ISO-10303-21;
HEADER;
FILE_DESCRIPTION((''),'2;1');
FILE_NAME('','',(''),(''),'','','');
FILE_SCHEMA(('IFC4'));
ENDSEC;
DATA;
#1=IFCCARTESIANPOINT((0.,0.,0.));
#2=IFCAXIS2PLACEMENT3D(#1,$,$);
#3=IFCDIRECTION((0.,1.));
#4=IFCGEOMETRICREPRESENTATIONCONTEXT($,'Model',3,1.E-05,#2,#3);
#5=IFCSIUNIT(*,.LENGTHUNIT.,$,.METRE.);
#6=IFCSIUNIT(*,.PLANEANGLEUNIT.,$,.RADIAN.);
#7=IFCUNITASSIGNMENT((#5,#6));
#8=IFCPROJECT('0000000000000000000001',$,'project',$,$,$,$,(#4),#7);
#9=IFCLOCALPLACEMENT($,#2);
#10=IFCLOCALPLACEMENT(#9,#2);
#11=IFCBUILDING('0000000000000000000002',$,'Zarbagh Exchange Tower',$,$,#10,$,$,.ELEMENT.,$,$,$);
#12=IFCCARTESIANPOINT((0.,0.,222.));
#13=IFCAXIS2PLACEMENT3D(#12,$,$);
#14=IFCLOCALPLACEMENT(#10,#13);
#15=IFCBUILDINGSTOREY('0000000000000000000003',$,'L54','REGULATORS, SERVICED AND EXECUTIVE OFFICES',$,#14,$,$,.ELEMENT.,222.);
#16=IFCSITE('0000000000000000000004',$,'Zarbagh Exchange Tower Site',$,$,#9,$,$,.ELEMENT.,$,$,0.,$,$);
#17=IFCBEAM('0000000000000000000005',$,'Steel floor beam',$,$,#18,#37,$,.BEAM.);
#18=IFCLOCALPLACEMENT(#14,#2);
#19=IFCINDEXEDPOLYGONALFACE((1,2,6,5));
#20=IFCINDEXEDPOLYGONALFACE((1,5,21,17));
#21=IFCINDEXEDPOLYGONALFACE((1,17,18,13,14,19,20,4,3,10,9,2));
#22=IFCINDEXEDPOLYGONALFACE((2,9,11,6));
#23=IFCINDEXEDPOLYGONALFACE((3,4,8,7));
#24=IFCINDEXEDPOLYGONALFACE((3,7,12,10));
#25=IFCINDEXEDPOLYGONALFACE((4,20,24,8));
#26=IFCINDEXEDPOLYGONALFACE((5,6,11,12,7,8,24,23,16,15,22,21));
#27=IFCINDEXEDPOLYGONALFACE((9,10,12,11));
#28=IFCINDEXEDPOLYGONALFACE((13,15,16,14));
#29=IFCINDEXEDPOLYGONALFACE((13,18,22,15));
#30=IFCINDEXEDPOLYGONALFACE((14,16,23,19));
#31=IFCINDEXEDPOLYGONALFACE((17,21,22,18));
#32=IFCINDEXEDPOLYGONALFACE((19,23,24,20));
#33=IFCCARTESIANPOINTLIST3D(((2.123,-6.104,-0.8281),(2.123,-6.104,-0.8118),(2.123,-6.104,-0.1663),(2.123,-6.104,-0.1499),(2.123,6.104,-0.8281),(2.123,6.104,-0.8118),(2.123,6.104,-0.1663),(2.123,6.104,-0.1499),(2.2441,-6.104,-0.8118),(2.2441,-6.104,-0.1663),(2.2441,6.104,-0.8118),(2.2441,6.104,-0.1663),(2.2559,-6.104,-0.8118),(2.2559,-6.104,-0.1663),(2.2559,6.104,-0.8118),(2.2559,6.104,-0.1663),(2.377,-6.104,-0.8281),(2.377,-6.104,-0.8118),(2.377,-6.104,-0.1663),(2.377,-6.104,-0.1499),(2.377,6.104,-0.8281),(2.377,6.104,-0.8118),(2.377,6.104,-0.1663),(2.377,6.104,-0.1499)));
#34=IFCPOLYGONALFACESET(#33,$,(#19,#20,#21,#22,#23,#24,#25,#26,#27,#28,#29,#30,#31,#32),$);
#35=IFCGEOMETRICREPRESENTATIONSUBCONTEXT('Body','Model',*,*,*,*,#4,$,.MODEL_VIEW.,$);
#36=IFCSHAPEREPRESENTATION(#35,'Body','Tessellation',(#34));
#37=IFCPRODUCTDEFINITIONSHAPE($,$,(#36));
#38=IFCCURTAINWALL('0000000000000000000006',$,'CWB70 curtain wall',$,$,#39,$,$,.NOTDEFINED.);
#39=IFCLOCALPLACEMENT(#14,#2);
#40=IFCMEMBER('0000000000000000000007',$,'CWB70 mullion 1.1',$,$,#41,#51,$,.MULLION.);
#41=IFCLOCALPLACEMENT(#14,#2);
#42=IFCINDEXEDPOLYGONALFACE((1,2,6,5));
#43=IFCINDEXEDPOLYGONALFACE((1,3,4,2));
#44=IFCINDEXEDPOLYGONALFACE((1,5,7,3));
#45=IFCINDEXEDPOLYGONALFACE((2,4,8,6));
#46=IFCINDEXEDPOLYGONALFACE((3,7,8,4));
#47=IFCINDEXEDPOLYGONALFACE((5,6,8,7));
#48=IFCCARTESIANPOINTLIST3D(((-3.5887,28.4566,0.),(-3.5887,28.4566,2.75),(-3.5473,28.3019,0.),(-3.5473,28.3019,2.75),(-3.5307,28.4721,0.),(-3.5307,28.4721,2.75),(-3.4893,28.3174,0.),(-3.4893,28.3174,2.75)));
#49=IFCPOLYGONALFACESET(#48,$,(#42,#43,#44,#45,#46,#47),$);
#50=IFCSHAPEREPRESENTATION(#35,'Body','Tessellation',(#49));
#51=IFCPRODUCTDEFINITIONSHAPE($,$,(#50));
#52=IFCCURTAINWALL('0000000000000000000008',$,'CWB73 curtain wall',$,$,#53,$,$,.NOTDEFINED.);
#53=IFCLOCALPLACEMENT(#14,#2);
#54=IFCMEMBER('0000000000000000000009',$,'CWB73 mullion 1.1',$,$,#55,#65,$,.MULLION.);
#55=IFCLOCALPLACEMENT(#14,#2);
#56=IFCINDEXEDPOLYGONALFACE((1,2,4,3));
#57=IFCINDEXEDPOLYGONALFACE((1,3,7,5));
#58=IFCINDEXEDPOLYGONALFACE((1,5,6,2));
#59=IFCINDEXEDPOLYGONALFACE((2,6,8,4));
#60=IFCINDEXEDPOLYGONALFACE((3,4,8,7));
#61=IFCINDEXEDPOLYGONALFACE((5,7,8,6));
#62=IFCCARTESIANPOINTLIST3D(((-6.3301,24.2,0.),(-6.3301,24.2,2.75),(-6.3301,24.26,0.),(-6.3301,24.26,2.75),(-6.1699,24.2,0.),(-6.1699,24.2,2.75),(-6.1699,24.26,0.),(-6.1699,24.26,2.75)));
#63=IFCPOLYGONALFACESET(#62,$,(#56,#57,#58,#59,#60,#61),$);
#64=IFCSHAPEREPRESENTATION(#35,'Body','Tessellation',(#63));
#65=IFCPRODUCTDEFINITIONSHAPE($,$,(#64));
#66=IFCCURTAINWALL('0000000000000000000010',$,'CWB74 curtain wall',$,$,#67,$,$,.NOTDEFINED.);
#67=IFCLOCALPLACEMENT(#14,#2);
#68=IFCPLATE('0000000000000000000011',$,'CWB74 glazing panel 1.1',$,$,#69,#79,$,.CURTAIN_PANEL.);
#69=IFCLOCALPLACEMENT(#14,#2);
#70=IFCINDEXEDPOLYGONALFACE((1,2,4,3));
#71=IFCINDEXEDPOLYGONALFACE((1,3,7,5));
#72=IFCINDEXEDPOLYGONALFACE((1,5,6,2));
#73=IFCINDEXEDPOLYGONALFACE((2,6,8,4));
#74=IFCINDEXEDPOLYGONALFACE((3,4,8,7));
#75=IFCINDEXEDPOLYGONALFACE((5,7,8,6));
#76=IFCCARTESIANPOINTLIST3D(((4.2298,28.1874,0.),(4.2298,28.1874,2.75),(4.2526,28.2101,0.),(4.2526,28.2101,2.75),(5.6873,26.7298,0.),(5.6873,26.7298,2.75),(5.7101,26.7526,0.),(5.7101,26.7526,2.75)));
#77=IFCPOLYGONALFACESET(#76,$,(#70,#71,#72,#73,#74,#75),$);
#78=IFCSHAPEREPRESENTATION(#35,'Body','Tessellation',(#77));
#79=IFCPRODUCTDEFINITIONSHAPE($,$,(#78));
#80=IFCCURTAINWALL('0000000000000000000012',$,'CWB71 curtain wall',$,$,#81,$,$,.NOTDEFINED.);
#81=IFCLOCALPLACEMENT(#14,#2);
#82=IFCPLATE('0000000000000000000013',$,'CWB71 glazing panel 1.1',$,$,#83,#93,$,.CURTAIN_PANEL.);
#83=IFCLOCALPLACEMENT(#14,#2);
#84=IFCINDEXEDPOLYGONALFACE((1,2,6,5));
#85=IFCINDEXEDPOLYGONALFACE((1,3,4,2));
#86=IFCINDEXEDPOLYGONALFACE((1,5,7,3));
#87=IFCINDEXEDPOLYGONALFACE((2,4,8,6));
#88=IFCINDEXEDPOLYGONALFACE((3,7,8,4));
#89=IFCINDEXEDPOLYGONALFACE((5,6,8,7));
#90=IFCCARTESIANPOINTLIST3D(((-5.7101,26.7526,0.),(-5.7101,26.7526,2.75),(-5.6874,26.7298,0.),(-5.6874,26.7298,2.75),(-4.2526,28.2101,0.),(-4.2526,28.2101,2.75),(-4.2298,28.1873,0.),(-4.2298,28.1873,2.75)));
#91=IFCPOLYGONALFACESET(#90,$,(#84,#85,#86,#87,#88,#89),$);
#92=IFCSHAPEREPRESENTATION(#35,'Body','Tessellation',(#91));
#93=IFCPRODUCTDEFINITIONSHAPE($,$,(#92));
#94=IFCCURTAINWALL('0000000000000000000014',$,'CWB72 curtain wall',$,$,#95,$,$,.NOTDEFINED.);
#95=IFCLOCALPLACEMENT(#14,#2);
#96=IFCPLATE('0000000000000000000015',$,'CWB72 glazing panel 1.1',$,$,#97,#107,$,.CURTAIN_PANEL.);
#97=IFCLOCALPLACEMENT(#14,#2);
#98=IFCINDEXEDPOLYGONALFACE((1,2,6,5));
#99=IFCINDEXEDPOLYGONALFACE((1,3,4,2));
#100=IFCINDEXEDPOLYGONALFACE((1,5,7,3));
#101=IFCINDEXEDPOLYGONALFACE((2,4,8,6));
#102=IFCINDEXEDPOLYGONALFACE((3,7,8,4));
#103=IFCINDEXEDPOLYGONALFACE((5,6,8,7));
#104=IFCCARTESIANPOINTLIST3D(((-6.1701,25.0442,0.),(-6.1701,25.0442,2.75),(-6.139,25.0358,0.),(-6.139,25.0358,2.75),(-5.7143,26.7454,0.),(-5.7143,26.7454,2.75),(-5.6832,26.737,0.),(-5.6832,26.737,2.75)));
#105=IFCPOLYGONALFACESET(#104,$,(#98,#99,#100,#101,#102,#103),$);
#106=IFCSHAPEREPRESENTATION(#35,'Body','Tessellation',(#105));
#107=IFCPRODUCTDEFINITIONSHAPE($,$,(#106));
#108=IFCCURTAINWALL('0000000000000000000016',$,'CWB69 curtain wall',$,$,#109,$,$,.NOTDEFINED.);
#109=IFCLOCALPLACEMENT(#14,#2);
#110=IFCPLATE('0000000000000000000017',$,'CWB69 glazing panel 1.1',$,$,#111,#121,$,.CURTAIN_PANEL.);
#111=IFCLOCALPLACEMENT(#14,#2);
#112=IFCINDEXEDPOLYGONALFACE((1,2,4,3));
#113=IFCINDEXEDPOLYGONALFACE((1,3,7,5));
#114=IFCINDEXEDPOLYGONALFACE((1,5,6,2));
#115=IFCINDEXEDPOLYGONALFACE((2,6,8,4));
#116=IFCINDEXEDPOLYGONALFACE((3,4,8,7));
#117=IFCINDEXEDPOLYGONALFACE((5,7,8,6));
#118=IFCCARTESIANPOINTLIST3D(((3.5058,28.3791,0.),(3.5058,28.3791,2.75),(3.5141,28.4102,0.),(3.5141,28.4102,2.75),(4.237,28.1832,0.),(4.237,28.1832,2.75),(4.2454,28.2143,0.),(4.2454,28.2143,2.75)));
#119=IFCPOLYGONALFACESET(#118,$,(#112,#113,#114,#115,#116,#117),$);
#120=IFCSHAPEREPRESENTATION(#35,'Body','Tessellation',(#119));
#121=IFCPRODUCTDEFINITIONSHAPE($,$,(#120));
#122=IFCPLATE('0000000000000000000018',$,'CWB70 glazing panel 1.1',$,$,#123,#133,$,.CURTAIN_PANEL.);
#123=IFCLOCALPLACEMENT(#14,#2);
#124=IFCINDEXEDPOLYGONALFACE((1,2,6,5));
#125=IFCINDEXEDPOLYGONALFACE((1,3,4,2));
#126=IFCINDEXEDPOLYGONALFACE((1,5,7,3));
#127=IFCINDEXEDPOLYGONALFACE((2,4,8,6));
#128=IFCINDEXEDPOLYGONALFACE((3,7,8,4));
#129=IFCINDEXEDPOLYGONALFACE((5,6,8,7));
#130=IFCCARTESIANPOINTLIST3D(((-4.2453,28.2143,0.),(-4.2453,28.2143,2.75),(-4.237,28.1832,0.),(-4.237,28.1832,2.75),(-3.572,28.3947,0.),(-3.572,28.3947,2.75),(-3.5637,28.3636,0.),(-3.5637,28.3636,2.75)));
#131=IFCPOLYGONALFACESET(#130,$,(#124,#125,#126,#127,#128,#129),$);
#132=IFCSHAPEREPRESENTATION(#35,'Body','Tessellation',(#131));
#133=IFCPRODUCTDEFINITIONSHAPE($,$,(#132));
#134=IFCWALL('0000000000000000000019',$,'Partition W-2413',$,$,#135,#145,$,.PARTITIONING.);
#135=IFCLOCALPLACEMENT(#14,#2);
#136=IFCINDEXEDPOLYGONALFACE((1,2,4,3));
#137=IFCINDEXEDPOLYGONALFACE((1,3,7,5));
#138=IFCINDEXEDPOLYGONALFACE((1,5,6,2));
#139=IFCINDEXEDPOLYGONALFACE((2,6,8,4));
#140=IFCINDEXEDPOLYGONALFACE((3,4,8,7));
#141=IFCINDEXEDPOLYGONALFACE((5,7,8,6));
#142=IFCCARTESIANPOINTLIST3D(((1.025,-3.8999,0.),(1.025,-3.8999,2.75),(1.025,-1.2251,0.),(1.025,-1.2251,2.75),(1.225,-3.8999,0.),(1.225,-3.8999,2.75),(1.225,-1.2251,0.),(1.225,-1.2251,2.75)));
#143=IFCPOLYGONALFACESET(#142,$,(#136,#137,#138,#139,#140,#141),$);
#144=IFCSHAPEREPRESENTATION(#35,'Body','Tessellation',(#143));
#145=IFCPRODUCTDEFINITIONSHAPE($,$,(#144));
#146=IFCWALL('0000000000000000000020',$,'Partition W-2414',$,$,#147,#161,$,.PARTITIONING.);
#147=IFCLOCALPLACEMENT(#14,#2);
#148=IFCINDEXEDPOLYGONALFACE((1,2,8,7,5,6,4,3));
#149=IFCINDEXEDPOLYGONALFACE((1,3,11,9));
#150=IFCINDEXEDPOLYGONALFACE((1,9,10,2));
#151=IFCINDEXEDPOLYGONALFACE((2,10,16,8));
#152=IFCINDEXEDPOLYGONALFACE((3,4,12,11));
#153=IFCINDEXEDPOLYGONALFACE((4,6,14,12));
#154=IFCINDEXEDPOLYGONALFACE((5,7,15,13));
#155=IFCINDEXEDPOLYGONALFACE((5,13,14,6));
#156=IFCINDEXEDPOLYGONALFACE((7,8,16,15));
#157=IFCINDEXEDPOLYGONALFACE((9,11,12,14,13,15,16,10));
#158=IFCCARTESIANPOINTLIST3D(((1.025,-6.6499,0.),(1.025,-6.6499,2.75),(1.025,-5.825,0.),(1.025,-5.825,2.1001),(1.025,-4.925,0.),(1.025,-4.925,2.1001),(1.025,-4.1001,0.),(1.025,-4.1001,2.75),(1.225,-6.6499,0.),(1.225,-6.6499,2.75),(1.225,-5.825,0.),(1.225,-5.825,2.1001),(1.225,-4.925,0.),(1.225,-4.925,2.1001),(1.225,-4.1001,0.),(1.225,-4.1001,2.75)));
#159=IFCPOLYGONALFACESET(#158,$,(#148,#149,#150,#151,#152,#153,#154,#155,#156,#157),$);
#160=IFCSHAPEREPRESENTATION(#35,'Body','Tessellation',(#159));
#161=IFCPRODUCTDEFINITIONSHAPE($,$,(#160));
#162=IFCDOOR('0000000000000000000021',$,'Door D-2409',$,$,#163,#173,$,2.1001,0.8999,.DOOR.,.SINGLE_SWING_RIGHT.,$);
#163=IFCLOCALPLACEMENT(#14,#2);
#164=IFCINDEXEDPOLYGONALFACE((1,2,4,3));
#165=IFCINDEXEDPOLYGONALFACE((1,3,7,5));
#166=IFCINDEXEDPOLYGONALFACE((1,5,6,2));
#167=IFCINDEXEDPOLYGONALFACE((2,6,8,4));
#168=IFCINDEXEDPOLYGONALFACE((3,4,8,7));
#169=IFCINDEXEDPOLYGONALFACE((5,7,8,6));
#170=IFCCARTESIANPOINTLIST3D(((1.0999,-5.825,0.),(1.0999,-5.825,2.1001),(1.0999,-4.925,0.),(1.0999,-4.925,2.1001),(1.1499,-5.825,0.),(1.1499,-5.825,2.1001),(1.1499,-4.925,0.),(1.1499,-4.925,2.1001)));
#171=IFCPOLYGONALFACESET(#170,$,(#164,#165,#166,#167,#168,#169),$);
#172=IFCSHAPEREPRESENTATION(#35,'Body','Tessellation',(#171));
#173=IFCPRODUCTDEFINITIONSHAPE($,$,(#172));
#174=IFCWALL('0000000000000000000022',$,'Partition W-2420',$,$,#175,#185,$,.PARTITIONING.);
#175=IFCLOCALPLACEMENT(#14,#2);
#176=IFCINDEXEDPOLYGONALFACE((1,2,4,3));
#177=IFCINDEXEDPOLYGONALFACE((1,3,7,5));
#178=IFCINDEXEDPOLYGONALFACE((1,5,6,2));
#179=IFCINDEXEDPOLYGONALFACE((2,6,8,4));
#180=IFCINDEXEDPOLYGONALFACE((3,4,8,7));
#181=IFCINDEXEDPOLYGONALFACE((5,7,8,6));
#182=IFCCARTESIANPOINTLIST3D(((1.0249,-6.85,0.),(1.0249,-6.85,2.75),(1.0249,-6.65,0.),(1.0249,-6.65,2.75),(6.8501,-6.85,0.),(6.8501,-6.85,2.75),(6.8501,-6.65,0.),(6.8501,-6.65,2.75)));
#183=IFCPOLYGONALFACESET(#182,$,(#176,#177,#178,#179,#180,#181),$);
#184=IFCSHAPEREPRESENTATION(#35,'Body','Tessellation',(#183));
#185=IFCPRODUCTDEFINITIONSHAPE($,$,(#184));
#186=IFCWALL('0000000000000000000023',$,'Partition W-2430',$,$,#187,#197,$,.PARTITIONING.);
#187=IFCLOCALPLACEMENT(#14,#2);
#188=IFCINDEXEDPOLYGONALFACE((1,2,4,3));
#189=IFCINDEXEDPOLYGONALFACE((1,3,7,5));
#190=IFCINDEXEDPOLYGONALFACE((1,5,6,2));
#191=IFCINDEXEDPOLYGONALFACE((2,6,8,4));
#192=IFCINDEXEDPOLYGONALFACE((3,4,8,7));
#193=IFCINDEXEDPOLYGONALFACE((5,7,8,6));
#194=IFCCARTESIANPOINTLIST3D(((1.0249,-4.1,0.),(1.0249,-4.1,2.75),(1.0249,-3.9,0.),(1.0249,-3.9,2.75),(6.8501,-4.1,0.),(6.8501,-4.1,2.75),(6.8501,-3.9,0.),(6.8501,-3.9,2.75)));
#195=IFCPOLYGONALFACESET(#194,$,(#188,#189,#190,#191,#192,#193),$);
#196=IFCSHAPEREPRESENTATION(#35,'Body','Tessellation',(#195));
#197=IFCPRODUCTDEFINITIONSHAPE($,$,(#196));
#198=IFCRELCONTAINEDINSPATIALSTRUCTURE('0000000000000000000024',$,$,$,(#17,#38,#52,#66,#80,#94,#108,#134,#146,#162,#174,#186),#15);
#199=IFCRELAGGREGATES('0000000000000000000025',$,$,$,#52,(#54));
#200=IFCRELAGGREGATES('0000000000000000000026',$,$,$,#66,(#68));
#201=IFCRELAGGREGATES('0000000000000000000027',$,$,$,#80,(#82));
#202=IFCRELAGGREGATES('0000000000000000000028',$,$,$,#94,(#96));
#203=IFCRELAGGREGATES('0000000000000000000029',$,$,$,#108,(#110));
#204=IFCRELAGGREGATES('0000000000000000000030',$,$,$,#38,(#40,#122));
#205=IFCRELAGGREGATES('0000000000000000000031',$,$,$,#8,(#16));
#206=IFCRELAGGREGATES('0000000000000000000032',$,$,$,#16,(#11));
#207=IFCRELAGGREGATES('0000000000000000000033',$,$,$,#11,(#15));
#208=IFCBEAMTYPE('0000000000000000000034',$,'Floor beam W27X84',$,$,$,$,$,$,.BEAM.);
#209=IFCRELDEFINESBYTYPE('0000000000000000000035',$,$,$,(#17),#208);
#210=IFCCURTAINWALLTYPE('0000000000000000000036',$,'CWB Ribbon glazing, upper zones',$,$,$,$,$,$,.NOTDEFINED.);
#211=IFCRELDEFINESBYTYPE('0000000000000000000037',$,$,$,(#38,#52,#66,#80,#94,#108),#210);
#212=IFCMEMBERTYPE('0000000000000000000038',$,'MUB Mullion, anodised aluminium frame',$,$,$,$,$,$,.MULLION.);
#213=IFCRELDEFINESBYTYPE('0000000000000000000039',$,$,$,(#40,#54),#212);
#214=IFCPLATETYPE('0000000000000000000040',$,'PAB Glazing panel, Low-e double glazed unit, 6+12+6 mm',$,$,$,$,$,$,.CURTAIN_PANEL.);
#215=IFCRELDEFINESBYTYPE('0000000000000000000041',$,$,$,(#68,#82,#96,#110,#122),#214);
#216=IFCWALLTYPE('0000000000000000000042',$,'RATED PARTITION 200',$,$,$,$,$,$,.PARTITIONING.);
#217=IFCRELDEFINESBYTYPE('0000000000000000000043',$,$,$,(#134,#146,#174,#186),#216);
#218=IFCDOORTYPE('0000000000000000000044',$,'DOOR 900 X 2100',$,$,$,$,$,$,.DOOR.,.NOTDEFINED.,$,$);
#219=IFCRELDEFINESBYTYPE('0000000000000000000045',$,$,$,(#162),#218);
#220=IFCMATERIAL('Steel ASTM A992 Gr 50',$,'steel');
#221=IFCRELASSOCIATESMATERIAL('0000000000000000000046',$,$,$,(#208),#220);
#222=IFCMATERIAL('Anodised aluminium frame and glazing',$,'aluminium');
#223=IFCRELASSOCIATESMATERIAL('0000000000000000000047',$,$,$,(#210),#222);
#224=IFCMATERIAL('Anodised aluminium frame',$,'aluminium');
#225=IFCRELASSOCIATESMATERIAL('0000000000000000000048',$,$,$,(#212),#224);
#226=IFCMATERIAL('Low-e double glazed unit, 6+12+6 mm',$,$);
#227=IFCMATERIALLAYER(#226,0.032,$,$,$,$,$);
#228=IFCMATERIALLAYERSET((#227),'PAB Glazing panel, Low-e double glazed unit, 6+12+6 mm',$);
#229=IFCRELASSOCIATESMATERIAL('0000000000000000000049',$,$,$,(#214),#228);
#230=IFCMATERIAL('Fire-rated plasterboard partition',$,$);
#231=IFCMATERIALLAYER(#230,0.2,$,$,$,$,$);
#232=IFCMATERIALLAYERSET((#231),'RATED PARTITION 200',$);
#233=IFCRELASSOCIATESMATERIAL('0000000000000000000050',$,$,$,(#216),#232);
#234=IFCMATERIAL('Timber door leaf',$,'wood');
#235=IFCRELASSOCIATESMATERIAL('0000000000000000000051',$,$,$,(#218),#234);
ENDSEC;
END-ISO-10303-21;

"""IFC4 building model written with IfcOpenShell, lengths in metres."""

from ifc_helpers import new_model, si_unit, direction, frame, frame_2d, origin, origin_2d, place, context, subcontext, project, spatial, polyline, rectangle, i_section, outline, extrude, source, transform, mapped, material, layer, layer_set, material_profile, profile_set, type_object, element, fill, aggregate, save


model = new_model("IFC4")

# Units and contexts
model_context = context("Model", 3, precision=1e-05, world=origin(), true_north=direction((0.0, 1.0)))
body_context = subcontext(model_context, "Body", "Model", "MODEL_VIEW")
ifc_project = project(units=[si_unit("LENGTHUNIT", "METRE"), si_unit("PLANEANGLEUNIT", "RADIAN")], contexts=[model_context])

# Site, building, storey
site_placement = place(None, origin())
site = spatial("IfcSite", under=ifc_project, at=site_placement, Name="Zarbagh Exchange Tower Site", CompositionType="ELEMENT", RefElevation=0.0)
building_placement = place(site_placement, origin())
building = spatial("IfcBuilding", under=site, at=building_placement, Name="Zarbagh Exchange Tower", CompositionType="ELEMENT")
storey_placement = place(building_placement, frame((0.0, 0.0, 222.0)))
storey = spatial("IfcBuildingStorey", under=building, at=storey_placement, Name="L54", Description="REGULATORS, SERVICED AND EXECUTIVE OFFICES", CompositionType="ELEMENT", Elevation=222.0)

# Beam
ifc_material_1 = material(Name="Steel ASTM A992 Gr 50", Category="steel")
ifc_material_profile = material_profile(ifc_material_1, i_section(OverallWidth=0.2539, OverallDepth=0.6782, WebThickness=0.0117, FlangeThickness=0.0164, at=origin_2d()), Name="W27X84")
ifc_profile_set = profile_set([ifc_material_profile], Name="Steel ASTM A992 Gr 50")
beam_type = type_object("IfcBeamType", Name="Floor beam W27X84", PredefinedType="BEAM", material=ifc_profile_set)
beam_placement = place(storey_placement, frame((2.25, -6.104, -0.489), z_axis=(0.0, 1.0, 0.0), x_axis=(-1.0, 0.0, 0.0)))
element("IfcBeam", 1, at=beam_placement, inside=storey, type_object=beam_type, Name="Steel floor beam", PredefinedType="BEAM", context=body_context, shape_type="SweptSolid", body=[
    extrude(i_section(OverallWidth=0.2539, OverallDepth=0.6782, WebThickness=0.0117, FlangeThickness=0.0164, at=origin_2d()), origin(), (0.0, 0.0, 1.0), 12.208),
])

# Curtain walls, members
ifc_material_2 = material(Name="Anodised aluminium frame and glazing", Category="aluminium")
curtain_wall_type = type_object("IfcCurtainWallType", Name="CWB Ribbon glazing, upper zones", PredefinedType="NOTDEFINED", material=ifc_material_2)
curtain_wall_1_placement = place(storey_placement, origin())
curtain_wall_1 = element("IfcCurtainWall", 2, at=curtain_wall_1_placement, inside=storey, type_object=curtain_wall_type, Name="CWB70 curtain wall", PredefinedType="NOTDEFINED")
ifc_material_3 = material(Name="Anodised aluminium frame", Category="aluminium")
member_type = type_object("IfcMemberType", Name="MUB Mullion, anodised aluminium frame", PredefinedType="MULLION", material=ifc_material_3)
shared_shape_1 = source(origin(), body_context, "Body", "SweptSolid", [
    extrude(outline(polyline([(0.0, -0.0801), (0.0601, -0.0801), (0.0601, 0.0801), (0.0, 0.0801), (0.0, -0.0801)])), origin(), (0.0, 0.0, 1.0), 2.75),
])
placement = place(storey_placement, origin())
member_1 = element("IfcMember", 3, at=placement, type_object=member_type, Name="CWB70 mullion 1.1", PredefinedType="MULLION", context=body_context, shape_type="MappedRepresentation", body=[
    mapped(shared_shape_1, transform((-3.51, 28.3948, 0.0), x_axis=(-0.965924, -0.258825, 0.0), y_axis=(0.258825, -0.965924, 0.0), z_axis=(0.0, 0.0, 1.0))),
])
curtain_wall_2_placement = place(storey_placement, origin())
curtain_wall_2 = element("IfcCurtainWall", 4, at=curtain_wall_2_placement, inside=storey, type_object=curtain_wall_type, Name="CWB73 curtain wall", PredefinedType="NOTDEFINED")
member_2 = element("IfcMember", 5, at=placement, type_object=member_type, Name="CWB73 mullion 1.1", PredefinedType="MULLION", context=body_context, shape_type="MappedRepresentation", body=[
    mapped(shared_shape_1, transform((-6.25, 24.26, 0.0), x_axis=(0.0, -1.0, 0.0), y_axis=(1.0, 0.0, 0.0), z_axis=(0.0, 0.0, 1.0))),
])
aggregate(curtain_wall_2, [member_2])

# Curtain walls, plates
curtain_wall_3_placement = place(storey_placement, origin())
curtain_wall_3 = element("IfcCurtainWall", 6, at=curtain_wall_3_placement, inside=storey, type_object=curtain_wall_type, Name="CWB74 curtain wall", PredefinedType="NOTDEFINED")
ifc_material_4 = material(Name="Low-e double glazed unit, 6+12+6 mm")
ifc_layer_1 = layer(ifc_material_4, 0.032)
ifc_layer_set_1 = layer_set([ifc_layer_1], Name="PAB Glazing panel, Low-e double glazed unit, 6+12+6 mm")
plate_type = type_object("IfcPlateType", Name="PAB Glazing panel, Low-e double glazed unit, 6+12+6 mm", PredefinedType="CURTAIN_PANEL", material=ifc_layer_set_1)
shared_shape_2 = source(origin(), body_context, "Body", "SweptSolid", [
    extrude(outline(polyline([(0.0, -0.0161), (2.0613, -0.0161), (2.0613, 0.0161), (0.0, 0.0161), (0.0, -0.0161)])), origin(), (0.0, 0.0, 1.0), 2.75),
])
plate_1 = element("IfcPlate", 7, at=placement, type_object=plate_type, Name="CWB74 glazing panel 1.1", PredefinedType="CURTAIN_PANEL", context=body_context, shape_type="MappedRepresentation", body=[
    mapped(shared_shape_2, transform((5.6987, 26.7412, 0.0), x_axis=(-0.707107, 0.707107, 0.0), y_axis=(-0.707107, -0.707107, 0.0), z_axis=(0.0, 0.0, 1.0))),
])
aggregate(curtain_wall_3, [plate_1])
curtain_wall_4_placement = place(storey_placement, origin())
curtain_wall_4 = element("IfcCurtainWall", 8, at=curtain_wall_4_placement, inside=storey, type_object=curtain_wall_type, Name="CWB71 curtain wall", PredefinedType="NOTDEFINED")
plate_2 = element("IfcPlate", 9, at=placement, type_object=plate_type, Name="CWB71 glazing panel 1.1", PredefinedType="CURTAIN_PANEL", context=body_context, shape_type="MappedRepresentation", body=[
    mapped(shared_shape_2, transform((-4.2412, 28.1987, 0.0), x_axis=(-0.707107, -0.707107, 0.0), y_axis=(0.707107, -0.707107, 0.0), z_axis=(0.0, 0.0, 1.0))),
])
aggregate(curtain_wall_4, [plate_2])
curtain_wall_5_placement = place(storey_placement, origin())
curtain_wall_5 = element("IfcCurtainWall", 10, at=curtain_wall_5_placement, inside=storey, type_object=curtain_wall_type, Name="CWB72 curtain wall", PredefinedType="NOTDEFINED")
shared_shape_3 = source(origin(), body_context, "Body", "SweptSolid", [
    extrude(outline(polyline([(0.0, -0.0161), (1.7612, -0.0161), (1.7612, 0.0161), (0.0, 0.0161), (0.0, -0.0161)])), origin(), (0.0, 0.0, 1.0), 2.75),
])
plate_3 = element("IfcPlate", 11, at=placement, type_object=plate_type, Name="CWB72 glazing panel 1.1", PredefinedType="CURTAIN_PANEL", context=body_context, shape_type="MappedRepresentation", body=[
    mapped(shared_shape_3, transform((-5.6987, 26.7412, 0.0), x_axis=(-0.258825, -0.965924, 0.0), y_axis=(0.965924, -0.258825, 0.0), z_axis=(0.0, 0.0, 1.0))),
])
aggregate(curtain_wall_5, [plate_3])
curtain_wall_6_placement = place(storey_placement, origin())
curtain_wall_6 = element("IfcCurtainWall", 12, at=curtain_wall_6_placement, inside=storey, type_object=curtain_wall_type, Name="CWB69 curtain wall", PredefinedType="NOTDEFINED")
shared_shape_4 = source(origin(), body_context, "Body", "SweptSolid", [
    extrude(outline(polyline([(0.0, -0.0161), (0.7571, -0.0161), (0.7571, 0.0161), (0.0, 0.0161), (0.0, -0.0161)])), origin(), (0.0, 0.0, 1.0), 2.75),
])
plate_4 = element("IfcPlate", 13, at=placement, type_object=plate_type, Name="CWB69 glazing panel 1.1", PredefinedType="CURTAIN_PANEL", context=body_context, shape_type="MappedRepresentation", body=[
    mapped(shared_shape_4, transform((4.2412, 28.1987, 0.0), x_axis=(-0.965924, 0.258825, 0.0), y_axis=(-0.258825, -0.965924, 0.0), z_axis=(0.0, 0.0, 1.0))),
])
aggregate(curtain_wall_6, [plate_4])

# Plate
shared_shape_5 = source(origin(), body_context, "Body", "SweptSolid", [
    extrude(outline(polyline([(0.0, -0.0161), (0.697, -0.0161), (0.697, 0.0161), (0.0, 0.0161), (0.0, -0.0161)])), origin(), (0.0, 0.0, 1.0), 2.75),
])
plate_5 = element("IfcPlate", 14, at=placement, type_object=plate_type, Name="CWB70 glazing panel 1.1", PredefinedType="CURTAIN_PANEL", context=body_context, shape_type="MappedRepresentation", body=[
    mapped(shared_shape_5, transform((-3.5679, 28.3792, 0.0), x_axis=(-0.965924, -0.258825, 0.0), y_axis=(0.258825, -0.965924, 0.0), z_axis=(0.0, 0.0, 1.0))),
])
aggregate(curtain_wall_1, [member_1, plate_5])

# Wall
ifc_material_5 = material(Name="Fire-rated plasterboard partition")
ifc_layer_2 = layer(ifc_material_5, 0.2)
ifc_layer_set_2 = layer_set([ifc_layer_2], Name="RATED PARTITION 200")
wall_type_1 = type_object("IfcWallType", Name="RATED PARTITION 200", PredefinedType="PARTITIONING", material=ifc_layer_set_2)
wall_1_placement = place(storey_placement, frame((1.125, -3.8999, 0.0), z_axis=(0.0, 0.0, 1.0), x_axis=(0.0, 1.0, 0.0)))
element("IfcWall", 15, at=wall_1_placement, inside=storey, type_object=wall_type_1, Name="Partition W-2413", PredefinedType="PARTITIONING", context=body_context, shape_type="SweptSolid", body=[
    extrude(rectangle(XDim=2.6748, YDim=0.2, at=frame_2d((1.3374, 0.0))), origin(), (0.0, 0.0, 1.0), 2.75),
])

# Wall, opening, door
wall_2_placement = place(storey_placement, frame((1.125, -4.1001, 0.0), z_axis=(0.0, 0.0, 1.0), x_axis=(0.0, -1.0, 0.0)))
wall_2 = element("IfcWall", 16, at=wall_2_placement, inside=storey, type_object=wall_type_1, Name="Partition W-2414", PredefinedType="PARTITIONING", context=body_context, shape_type="SweptSolid", body=[
    extrude(rectangle(XDim=2.5498, YDim=0.2, at=frame_2d((1.2749, 0.0))), origin(), (0.0, 0.0, 1.0), 2.75),
])
opening_1_placement = place(wall_2_placement, frame((0.825, 0.0, 0.0)))
opening_1 = element("IfcOpeningElement", 17, at=opening_1_placement, cuts=wall_2, PredefinedType="OPENING", context=body_context, shape_type="SweptSolid", body=[
    extrude(rectangle(XDim=0.8999, YDim=2.1001, at=frame_2d((0.45, 1.05))), frame((0.0, 0.1099, 0.0), z_axis=(0.0, -1.0, 0.0), x_axis=(1.0, 0.0, 0.0)), (0.0, 0.0, 1.0), 0.22),
])
ifc_material_6 = material(Name="Timber door leaf", Category="wood")
door_type_1 = type_object("IfcDoorType", Name="DOOR 900 X 2100", OperationType="NOTDEFINED", PredefinedType="DOOR", material=ifc_material_6)
door_1_placement = place(opening_1_placement, origin())
door_1 = element("IfcDoor", 18, at=door_1_placement, inside=storey, type_object=door_type_1, Name="Door D-2409", OperationType="SINGLE_SWING_RIGHT", OverallHeight=2.1001, OverallWidth=0.8999, PredefinedType="DOOR", context=body_context, shape_type="SweptSolid", body=[
    extrude(rectangle(XDim=0.8999, YDim=2.1001, at=frame_2d((0.45, 1.05))), frame((0.0, 0.0249, 0.0), z_axis=(0.0, -1.0, 0.0), x_axis=(1.0, 0.0, 0.0)), (0.0, 0.0, 1.0), 0.05),
])
fill(opening_1, door_1)

# Walls
for number, where, z_axis, x_axis, name in (
    (19, (1.0249, -6.75, 0.0), (0.0, 0.0, 1.0), (1.0, 0.0, 0.0), "Partition W-2420"),
    (20, (1.0249, -4.0, 0.0), (0.0, 0.0, 1.0), (1.0, 0.0, 0.0), "Partition W-2430"),
):
    element("IfcWall", number, at=place(storey_placement, frame(where, z_axis=z_axis, x_axis=x_axis)), inside=storey, type_object=wall_type_1, Name=name, PredefinedType="PARTITIONING", context=body_context, shape_type="SweptSolid", body=[
        extrude(rectangle(XDim=5.8252, YDim=0.2, at=frame_2d((2.9126, 0.0))), origin(), (0.0, 0.0, 1.0), 2.75),
    ])

save(model, "model.ifc")
